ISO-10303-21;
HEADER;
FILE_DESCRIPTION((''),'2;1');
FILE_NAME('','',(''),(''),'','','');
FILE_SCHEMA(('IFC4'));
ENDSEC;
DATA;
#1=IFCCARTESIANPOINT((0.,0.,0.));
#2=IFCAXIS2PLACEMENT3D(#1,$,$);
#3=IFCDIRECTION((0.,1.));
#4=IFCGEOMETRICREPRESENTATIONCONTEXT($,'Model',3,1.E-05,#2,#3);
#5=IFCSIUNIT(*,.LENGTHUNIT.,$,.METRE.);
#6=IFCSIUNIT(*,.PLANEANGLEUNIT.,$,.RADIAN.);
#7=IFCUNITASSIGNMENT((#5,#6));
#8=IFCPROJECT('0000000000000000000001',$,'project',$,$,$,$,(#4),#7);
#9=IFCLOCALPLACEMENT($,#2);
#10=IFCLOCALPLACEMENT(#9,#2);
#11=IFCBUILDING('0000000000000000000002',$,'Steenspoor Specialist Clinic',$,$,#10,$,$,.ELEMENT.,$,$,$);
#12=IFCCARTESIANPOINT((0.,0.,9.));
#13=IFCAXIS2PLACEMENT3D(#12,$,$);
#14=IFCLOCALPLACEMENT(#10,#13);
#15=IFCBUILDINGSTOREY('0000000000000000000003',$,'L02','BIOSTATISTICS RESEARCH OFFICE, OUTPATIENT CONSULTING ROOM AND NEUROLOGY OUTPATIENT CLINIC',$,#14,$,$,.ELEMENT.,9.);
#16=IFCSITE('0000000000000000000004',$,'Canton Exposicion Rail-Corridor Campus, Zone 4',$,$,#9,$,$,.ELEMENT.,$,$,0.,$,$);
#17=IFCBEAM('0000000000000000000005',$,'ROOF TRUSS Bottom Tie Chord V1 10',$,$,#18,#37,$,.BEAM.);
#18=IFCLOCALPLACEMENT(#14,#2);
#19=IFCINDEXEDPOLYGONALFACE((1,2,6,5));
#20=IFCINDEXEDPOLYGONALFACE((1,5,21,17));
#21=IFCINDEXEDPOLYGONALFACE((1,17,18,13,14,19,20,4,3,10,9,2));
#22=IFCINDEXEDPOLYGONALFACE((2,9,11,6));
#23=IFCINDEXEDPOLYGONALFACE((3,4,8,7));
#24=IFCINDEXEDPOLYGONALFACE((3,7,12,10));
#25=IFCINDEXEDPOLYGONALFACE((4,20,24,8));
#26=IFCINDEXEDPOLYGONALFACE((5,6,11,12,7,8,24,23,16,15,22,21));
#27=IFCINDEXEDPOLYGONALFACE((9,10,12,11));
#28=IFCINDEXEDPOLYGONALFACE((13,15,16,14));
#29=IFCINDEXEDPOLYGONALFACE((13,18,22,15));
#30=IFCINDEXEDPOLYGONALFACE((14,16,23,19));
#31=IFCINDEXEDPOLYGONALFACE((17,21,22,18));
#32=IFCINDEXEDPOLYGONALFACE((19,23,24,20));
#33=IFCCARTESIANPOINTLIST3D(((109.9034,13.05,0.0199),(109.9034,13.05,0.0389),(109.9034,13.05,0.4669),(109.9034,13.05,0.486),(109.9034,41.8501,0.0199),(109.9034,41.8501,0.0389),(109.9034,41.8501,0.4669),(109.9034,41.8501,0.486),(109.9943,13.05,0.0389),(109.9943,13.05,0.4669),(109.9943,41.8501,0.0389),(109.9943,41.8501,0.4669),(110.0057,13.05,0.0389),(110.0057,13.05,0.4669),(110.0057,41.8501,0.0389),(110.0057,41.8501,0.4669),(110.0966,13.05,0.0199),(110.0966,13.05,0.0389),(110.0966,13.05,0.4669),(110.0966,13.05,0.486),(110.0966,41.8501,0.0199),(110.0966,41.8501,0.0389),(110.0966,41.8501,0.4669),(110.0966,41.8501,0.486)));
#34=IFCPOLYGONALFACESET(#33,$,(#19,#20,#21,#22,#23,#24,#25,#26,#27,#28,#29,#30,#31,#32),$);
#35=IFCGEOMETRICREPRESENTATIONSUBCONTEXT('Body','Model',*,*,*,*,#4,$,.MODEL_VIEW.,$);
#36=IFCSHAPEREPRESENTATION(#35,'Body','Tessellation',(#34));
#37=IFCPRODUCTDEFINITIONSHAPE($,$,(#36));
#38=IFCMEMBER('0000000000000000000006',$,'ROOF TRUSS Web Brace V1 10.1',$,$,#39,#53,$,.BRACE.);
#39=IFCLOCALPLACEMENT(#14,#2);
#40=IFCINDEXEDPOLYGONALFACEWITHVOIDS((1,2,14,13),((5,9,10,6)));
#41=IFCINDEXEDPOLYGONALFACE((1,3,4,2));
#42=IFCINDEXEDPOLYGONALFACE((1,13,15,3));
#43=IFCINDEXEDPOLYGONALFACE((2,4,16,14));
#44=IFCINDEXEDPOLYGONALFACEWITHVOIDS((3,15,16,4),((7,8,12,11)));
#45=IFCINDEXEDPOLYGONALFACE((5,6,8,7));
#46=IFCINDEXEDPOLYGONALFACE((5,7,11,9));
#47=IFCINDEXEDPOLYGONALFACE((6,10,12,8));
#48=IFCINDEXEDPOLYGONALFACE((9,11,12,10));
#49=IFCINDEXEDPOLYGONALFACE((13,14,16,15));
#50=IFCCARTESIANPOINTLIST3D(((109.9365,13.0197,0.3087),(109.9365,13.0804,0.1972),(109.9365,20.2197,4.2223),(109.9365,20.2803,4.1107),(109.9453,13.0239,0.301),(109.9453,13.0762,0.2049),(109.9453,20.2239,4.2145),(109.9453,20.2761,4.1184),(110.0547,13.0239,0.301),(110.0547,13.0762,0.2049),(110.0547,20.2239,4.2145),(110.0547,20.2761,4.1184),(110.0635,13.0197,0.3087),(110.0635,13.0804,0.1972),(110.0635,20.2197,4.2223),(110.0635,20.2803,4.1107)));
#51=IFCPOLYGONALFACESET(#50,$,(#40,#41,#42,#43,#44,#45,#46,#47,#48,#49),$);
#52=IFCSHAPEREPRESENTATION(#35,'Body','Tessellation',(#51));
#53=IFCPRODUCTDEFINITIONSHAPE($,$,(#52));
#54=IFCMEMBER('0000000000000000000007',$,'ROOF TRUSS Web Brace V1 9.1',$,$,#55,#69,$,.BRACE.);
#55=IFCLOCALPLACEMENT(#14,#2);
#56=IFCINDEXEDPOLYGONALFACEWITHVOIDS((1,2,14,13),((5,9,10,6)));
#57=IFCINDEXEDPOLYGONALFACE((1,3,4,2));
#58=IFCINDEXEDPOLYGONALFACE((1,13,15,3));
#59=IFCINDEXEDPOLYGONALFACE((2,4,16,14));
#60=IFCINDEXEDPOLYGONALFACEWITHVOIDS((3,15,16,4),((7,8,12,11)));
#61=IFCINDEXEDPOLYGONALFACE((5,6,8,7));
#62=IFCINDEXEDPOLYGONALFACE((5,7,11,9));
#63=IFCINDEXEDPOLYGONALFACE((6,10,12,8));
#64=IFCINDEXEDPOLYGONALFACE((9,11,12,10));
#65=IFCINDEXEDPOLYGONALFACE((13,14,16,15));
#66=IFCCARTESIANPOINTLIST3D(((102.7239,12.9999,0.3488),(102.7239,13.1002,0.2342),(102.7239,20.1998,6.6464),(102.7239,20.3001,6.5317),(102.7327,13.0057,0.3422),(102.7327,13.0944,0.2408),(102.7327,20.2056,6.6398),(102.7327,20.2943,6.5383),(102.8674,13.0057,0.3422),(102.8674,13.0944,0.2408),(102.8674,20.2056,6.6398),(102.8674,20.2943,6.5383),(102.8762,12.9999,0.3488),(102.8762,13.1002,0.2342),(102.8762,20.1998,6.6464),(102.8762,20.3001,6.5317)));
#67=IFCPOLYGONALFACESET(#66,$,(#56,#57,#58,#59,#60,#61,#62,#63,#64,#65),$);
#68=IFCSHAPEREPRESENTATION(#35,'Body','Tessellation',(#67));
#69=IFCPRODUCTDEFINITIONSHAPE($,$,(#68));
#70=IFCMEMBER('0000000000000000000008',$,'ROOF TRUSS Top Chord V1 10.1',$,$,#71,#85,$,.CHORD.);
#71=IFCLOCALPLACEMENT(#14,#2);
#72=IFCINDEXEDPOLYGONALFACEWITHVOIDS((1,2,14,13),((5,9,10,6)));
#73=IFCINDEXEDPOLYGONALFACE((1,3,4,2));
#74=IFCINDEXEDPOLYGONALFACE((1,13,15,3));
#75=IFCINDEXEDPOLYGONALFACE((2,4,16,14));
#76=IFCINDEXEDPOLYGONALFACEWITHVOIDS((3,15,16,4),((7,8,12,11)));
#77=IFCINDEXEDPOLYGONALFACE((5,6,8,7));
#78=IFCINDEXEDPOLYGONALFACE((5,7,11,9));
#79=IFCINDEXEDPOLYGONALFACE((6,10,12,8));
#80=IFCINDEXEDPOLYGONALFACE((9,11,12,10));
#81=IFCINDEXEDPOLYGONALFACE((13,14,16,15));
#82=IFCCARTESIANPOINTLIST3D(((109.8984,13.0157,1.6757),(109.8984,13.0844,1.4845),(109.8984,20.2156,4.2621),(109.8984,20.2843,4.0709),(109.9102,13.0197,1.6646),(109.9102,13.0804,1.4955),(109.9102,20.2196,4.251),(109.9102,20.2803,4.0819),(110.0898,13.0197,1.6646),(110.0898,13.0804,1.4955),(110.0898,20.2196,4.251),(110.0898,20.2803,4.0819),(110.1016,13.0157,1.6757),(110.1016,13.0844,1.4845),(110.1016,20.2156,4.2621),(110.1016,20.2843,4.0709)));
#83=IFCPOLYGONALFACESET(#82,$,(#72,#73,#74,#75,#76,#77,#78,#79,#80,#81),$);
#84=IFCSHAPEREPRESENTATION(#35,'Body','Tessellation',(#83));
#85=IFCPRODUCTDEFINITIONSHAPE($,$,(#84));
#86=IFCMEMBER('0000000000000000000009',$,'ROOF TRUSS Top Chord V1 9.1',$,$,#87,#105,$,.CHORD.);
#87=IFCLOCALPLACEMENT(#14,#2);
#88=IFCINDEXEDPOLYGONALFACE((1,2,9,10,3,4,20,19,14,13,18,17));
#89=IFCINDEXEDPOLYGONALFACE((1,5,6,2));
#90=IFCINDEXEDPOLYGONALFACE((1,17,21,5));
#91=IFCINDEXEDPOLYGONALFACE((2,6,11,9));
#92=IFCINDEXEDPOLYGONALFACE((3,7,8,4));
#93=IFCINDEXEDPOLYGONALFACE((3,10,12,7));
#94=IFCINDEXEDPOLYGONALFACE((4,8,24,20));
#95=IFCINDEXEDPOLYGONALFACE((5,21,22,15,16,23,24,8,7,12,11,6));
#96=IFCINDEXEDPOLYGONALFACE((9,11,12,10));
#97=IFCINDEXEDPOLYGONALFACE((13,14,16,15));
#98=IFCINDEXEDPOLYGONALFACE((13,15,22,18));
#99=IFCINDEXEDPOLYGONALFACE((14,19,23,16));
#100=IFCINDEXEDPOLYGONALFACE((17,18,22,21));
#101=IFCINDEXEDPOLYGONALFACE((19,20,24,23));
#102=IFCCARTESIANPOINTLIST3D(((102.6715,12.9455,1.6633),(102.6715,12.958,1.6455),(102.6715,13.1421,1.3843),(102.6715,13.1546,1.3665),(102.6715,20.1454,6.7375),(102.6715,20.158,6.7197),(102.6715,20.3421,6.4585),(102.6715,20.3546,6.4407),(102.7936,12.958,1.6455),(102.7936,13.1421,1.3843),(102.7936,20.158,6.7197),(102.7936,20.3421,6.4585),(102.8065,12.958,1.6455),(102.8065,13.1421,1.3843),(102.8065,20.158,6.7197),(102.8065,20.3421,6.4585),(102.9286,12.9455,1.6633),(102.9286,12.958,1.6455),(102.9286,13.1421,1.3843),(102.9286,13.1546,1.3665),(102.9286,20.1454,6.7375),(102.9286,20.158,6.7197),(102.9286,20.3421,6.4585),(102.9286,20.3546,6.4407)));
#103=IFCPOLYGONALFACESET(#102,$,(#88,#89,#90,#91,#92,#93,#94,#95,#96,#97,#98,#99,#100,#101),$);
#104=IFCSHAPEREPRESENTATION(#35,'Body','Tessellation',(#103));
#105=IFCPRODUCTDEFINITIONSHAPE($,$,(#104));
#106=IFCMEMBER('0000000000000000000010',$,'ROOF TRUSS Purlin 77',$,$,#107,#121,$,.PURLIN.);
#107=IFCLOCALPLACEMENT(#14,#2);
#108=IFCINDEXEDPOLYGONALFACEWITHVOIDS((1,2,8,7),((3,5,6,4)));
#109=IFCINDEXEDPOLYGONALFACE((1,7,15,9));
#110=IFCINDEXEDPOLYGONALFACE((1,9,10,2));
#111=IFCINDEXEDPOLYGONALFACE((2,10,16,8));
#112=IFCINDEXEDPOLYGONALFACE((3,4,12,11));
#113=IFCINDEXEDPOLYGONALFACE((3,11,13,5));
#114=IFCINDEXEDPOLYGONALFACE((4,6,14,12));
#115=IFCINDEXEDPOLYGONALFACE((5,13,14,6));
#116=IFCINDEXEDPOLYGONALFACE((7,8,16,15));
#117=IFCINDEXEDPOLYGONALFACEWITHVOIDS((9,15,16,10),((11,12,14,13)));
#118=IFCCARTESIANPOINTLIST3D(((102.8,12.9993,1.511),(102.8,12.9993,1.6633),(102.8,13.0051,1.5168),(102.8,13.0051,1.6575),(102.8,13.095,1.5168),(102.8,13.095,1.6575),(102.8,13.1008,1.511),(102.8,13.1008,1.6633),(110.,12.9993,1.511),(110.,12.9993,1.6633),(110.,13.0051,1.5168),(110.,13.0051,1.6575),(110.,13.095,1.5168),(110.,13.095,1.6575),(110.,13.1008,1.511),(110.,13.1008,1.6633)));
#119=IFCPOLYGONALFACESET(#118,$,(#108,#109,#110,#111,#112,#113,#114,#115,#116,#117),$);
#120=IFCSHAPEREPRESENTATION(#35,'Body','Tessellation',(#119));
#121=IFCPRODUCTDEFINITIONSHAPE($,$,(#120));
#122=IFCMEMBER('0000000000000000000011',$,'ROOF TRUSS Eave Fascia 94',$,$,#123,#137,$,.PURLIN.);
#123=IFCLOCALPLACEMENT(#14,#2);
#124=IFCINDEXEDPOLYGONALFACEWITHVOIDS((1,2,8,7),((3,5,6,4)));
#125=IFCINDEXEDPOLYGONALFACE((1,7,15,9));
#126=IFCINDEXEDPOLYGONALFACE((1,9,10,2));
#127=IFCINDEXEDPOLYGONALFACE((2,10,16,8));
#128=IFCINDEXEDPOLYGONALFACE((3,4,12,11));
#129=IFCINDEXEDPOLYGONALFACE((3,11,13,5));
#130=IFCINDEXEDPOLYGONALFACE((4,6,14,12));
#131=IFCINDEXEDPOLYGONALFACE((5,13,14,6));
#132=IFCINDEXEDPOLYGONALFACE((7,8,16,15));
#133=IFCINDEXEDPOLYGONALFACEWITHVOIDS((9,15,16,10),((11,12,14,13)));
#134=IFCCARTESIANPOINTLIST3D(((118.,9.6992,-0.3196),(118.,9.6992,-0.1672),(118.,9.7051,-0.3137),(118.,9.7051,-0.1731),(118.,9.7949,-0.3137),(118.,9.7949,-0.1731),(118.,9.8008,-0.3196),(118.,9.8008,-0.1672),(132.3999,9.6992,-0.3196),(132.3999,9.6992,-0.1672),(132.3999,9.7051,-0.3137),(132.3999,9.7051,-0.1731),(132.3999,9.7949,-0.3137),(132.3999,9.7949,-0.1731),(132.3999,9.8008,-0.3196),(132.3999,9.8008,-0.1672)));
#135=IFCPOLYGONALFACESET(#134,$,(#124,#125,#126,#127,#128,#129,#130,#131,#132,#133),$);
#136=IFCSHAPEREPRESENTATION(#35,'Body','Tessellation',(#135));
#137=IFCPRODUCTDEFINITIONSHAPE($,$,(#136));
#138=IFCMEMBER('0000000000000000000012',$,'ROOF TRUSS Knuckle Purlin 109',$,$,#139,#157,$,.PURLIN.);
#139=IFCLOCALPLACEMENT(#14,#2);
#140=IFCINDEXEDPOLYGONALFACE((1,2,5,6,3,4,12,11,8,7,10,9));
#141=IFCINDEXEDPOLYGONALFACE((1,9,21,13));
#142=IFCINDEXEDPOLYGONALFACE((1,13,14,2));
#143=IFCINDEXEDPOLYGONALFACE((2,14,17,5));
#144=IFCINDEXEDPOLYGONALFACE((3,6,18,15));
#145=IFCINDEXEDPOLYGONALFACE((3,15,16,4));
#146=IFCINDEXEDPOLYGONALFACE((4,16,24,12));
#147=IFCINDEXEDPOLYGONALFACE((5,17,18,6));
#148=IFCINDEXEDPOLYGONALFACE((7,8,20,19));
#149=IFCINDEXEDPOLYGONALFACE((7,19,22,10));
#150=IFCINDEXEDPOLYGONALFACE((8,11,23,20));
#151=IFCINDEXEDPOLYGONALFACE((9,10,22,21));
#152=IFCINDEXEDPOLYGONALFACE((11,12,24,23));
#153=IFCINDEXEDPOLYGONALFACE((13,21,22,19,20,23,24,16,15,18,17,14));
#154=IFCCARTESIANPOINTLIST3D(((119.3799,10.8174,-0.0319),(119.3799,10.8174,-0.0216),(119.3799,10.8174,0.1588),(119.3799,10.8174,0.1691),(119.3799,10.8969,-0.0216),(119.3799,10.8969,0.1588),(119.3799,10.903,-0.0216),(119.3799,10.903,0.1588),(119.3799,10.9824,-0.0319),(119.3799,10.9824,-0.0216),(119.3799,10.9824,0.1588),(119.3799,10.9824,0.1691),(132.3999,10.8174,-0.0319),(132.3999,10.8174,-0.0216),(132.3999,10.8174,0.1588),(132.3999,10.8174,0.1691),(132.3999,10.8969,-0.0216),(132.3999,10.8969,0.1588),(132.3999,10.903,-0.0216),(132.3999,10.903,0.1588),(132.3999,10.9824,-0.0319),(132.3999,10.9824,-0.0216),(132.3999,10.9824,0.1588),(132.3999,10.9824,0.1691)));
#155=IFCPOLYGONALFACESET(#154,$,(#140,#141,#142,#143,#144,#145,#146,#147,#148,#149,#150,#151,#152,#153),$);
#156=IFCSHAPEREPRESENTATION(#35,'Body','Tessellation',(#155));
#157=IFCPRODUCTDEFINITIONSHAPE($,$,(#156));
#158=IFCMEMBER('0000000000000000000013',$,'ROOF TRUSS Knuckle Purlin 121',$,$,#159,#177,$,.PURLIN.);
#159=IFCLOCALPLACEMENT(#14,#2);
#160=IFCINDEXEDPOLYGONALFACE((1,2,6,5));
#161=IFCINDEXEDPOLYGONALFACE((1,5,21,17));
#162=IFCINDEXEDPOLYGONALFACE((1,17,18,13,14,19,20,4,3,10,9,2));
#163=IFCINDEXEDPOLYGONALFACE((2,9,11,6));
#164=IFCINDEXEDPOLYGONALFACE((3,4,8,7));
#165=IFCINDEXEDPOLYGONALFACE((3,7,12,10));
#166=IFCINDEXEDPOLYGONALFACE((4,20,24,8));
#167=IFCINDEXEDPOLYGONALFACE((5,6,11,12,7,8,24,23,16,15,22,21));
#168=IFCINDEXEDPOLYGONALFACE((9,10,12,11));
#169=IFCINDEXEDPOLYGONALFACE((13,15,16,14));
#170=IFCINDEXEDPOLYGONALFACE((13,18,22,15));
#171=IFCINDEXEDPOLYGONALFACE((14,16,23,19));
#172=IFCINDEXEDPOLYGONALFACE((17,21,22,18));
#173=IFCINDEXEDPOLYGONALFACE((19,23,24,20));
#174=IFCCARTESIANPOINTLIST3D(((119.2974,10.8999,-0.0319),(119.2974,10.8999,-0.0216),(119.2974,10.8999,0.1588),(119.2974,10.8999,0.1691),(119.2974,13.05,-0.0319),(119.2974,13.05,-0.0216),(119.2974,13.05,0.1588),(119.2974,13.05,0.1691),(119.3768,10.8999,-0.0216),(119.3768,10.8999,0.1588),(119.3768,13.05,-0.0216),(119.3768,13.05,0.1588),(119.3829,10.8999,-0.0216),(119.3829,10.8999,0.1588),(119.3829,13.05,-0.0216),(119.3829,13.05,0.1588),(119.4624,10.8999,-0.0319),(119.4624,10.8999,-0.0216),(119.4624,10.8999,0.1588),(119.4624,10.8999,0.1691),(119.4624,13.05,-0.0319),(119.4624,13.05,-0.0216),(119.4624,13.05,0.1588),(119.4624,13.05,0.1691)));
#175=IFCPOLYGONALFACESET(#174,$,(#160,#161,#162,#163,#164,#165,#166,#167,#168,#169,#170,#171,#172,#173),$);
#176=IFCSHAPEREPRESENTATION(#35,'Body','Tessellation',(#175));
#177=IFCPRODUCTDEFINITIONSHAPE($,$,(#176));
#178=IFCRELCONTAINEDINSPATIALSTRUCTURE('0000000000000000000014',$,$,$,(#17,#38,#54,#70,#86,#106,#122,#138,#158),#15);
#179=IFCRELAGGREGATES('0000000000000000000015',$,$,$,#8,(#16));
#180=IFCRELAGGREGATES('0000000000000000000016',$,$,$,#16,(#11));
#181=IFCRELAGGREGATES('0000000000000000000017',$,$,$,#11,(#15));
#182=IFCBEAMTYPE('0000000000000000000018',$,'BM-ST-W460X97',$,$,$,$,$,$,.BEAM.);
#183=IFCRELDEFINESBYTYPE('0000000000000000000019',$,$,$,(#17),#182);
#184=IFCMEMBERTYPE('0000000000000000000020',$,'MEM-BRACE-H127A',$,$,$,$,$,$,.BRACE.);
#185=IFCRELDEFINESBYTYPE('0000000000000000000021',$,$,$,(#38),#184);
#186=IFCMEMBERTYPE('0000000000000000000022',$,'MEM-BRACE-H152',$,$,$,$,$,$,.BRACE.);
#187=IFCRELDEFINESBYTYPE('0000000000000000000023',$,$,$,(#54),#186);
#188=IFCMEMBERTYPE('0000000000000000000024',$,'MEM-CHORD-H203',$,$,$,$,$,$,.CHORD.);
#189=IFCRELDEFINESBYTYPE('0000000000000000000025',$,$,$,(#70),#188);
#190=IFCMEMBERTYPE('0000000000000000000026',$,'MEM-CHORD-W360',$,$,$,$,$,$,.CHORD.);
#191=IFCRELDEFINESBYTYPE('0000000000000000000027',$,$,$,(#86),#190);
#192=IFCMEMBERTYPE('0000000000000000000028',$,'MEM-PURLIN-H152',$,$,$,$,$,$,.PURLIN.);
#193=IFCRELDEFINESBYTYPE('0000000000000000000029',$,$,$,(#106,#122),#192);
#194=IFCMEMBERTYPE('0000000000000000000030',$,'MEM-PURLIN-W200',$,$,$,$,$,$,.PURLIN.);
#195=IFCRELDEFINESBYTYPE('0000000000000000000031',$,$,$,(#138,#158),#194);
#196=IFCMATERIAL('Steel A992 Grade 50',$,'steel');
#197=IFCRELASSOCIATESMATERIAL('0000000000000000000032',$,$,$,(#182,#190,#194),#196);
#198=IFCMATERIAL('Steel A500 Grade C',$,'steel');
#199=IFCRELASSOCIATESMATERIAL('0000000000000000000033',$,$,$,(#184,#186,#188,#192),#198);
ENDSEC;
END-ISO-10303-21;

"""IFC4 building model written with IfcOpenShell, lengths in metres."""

from ifc_helpers import new_model, si_unit, direction, frame, origin, origin_2d, place, context, subcontext, project, spatial, hollow_rectangle, i_section, extrude, material, material_profile, profile_set, type_object, element, save


model = new_model("IFC4")

# Units and contexts
model_context = context("Model", 3, precision=1e-05, world=origin(), true_north=direction((0.0, 1.0)))
body_context = subcontext(model_context, "Body", "Model", "MODEL_VIEW")
ifc_project = project(units=[si_unit("LENGTHUNIT", "METRE"), si_unit("PLANEANGLEUNIT", "RADIAN")], contexts=[model_context])

# Site, building, storey
site_placement = place(None, origin())
site = spatial("IfcSite", under=ifc_project, at=site_placement, Name="Canton Exposicion Rail-Corridor Campus, Zone 4", CompositionType="ELEMENT", RefElevation=0.0)
building_placement = place(site_placement, origin())
building = spatial("IfcBuilding", under=site, at=building_placement, Name="Steenspoor Specialist Clinic", CompositionType="ELEMENT")
storey_placement = place(building_placement, frame((0.0, 0.0, 9.0)))
storey = spatial("IfcBuildingStorey", under=building, at=storey_placement, Name="L02", Description="BIOSTATISTICS RESEARCH OFFICE, OUTPATIENT CONSULTING ROOM AND NEUROLOGY OUTPATIENT CLINIC", CompositionType="ELEMENT", Elevation=9.0)

# Beam
ifc_material_1 = material(Name="Steel A992 Grade 50", Category="steel")
ifc_material_profile_1 = material_profile(ifc_material_1, i_section(OverallWidth=0.1931, OverallDepth=0.4661, WebThickness=0.0115, FlangeThickness=0.019, at=origin_2d()), Name="W460X97")
ifc_profile_set_1 = profile_set([ifc_material_profile_1], Name="Steel A992 Grade 50")
beam_type = type_object("IfcBeamType", Name="BM-ST-W460X97", PredefinedType="BEAM", material=ifc_profile_set_1)
beam_placement = place(storey_placement, frame((110.0, 13.05, 0.2529), z_axis=(0.0, 1.0, 0.0), x_axis=(-1.0, 0.0, 0.0)))
element("IfcBeam", 1, at=beam_placement, inside=storey, type_object=beam_type, Name="ROOF TRUSS Bottom Tie Chord V1 10", PredefinedType="BEAM", context=body_context, shape_type="SweptSolid", body=[
    extrude(i_section(OverallWidth=0.1931, OverallDepth=0.4661, WebThickness=0.0115, FlangeThickness=0.019, at=origin_2d()), origin(), (0.0, 0.0, 1.0), 28.8),
])

# Members
ifc_material_2 = material(Name="Steel A500 Grade C", Category="steel")
ifc_material_profile_2 = material_profile(ifc_material_2, hollow_rectangle(XDim=0.127, YDim=0.127, WallThickness=0.0088, at=origin_2d()), Name="HSS127X127X9.5")
ifc_profile_set_2 = profile_set([ifc_material_profile_2], Name="Steel A500 Grade C")
member_type_1 = type_object("IfcMemberType", Name="MEM-BRACE-H127A", PredefinedType="BRACE", material=ifc_profile_set_2)
member_1_placement = place(storey_placement, frame((110.0, 13.05, 0.2529), z_axis=(0.0, 0.878596, 0.477566), x_axis=(-1.0, 0.0, 0.0)))
element("IfcMember", 2, at=member_1_placement, inside=storey, type_object=member_type_1, Name="ROOF TRUSS Web Brace V1 10.1", PredefinedType="BRACE", context=body_context, shape_type="SweptSolid", body=[
    extrude(hollow_rectangle(XDim=0.127, YDim=0.127, WallThickness=0.0088, at=origin_2d()), origin(), (0.0, 0.0, 1.0), 8.1948),
])
ifc_material_profile_3 = material_profile(ifc_material_2, hollow_rectangle(XDim=0.1523, YDim=0.1523, WallThickness=0.0088, at=origin_2d()), Name="HSS152X152X9.5")
ifc_profile_set_3 = profile_set([ifc_material_profile_3], Name="Steel A500 Grade C")
member_type_2 = type_object("IfcMemberType", Name="MEM-BRACE-H152", PredefinedType="BRACE", material=ifc_profile_set_3)
member_2_placement = place(storey_placement, frame((102.8, 13.05, 0.2915), z_axis=(0.0, 0.752698, 0.658365), x_axis=(-1.0, 0.0, 0.0)))
element("IfcMember", 3, at=member_2_placement, inside=storey, type_object=member_type_2, Name="ROOF TRUSS Web Brace V1 9.1", PredefinedType="BRACE", context=body_context, shape_type="SweptSolid", body=[
    extrude(hollow_rectangle(XDim=0.1523, YDim=0.1523, WallThickness=0.0088, at=origin_2d()), origin(), (0.0, 0.0, 1.0), 9.5654),
])
ifc_material_profile_4 = material_profile(ifc_material_2, hollow_rectangle(XDim=0.2031, YDim=0.2031, WallThickness=0.0117, at=origin_2d()), Name="HSS203X203X12.7")
ifc_profile_set_4 = profile_set([ifc_material_profile_4], Name="Steel A500 Grade C")
member_type_3 = type_object("IfcMemberType", Name="MEM-CHORD-H203", PredefinedType="CHORD", material=ifc_profile_set_4)
member_3_placement = place(storey_placement, frame((110.0, 13.05, 1.5801), z_axis=(0.0, 0.941119, 0.338076), x_axis=(-1.0, 0.0, 0.0)))
element("IfcMember", 4, at=member_3_placement, inside=storey, type_object=member_type_3, Name="ROOF TRUSS Top Chord V1 10.1", PredefinedType="CHORD", context=body_context, shape_type="SweptSolid", body=[
    extrude(hollow_rectangle(XDim=0.2031, YDim=0.2031, WallThickness=0.0117, at=origin_2d()), origin(), (0.0, 0.0, 1.0), 7.6504),
])
ifc_material_profile_5 = material_profile(ifc_material_1, i_section(OverallWidth=0.2571, OverallDepth=0.363, WebThickness=0.0129, FlangeThickness=0.0217, at=origin_2d()), Name="W360X122")
ifc_profile_set_5 = profile_set([ifc_material_profile_5], Name="Steel A992 Grade 50")
member_type_4 = type_object("IfcMemberType", Name="MEM-CHORD-W360", PredefinedType="CHORD", material=ifc_profile_set_5)
member_4_placement = place(storey_placement, frame((102.8, 13.05, 1.5149), z_axis=(0.0, 0.817401, 0.576069), x_axis=(-1.0, 0.0, 0.0)))
element("IfcMember", 5, at=member_4_placement, inside=storey, type_object=member_type_4, Name="ROOF TRUSS Top Chord V1 9.1", PredefinedType="CHORD", context=body_context, shape_type="SweptSolid", body=[
    extrude(i_section(OverallWidth=0.2571, OverallDepth=0.363, WebThickness=0.0129, FlangeThickness=0.0217, at=origin_2d()), origin(), (0.0, 0.0, 1.0), 8.8083),
])
ifc_material_profile_6 = material_profile(ifc_material_2, hollow_rectangle(XDim=0.1016, YDim=0.1523, WallThickness=0.0059, at=origin_2d()), Name="HSS152X102X6.4")
ifc_profile_set_6 = profile_set([ifc_material_profile_6], Name="Steel A500 Grade C")
member_type_5 = type_object("IfcMemberType", Name="MEM-PURLIN-H152", PredefinedType="PURLIN", material=ifc_profile_set_6)
member_5_placement = place(storey_placement, frame((102.8, 13.05, 1.5872), z_axis=(1.0, 0.0, 0.0), x_axis=(0.0, 1.0, 0.0)))
element("IfcMember", 6, at=member_5_placement, inside=storey, type_object=member_type_5, Name="ROOF TRUSS Purlin 77", PredefinedType="PURLIN", context=body_context, shape_type="SweptSolid", body=[
    extrude(hollow_rectangle(XDim=0.1016, YDim=0.1523, WallThickness=0.0059, at=origin_2d()), origin(), (0.0, 0.0, 1.0), 7.2),
])
member_6_placement = place(storey_placement, frame((118.0, 9.75, -0.2434), z_axis=(1.0, 0.0, 0.0), x_axis=(0.0, 1.0, 0.0)))
element("IfcMember", 7, at=member_6_placement, inside=storey, type_object=member_type_5, Name="ROOF TRUSS Eave Fascia 94", PredefinedType="PURLIN", context=body_context, shape_type="SweptSolid", body=[
    extrude(hollow_rectangle(XDim=0.1016, YDim=0.1523, WallThickness=0.0059, at=origin_2d()), origin(), (0.0, 0.0, 1.0), 14.3999),
])
ifc_material_profile_7 = material_profile(ifc_material_1, i_section(OverallWidth=0.165, OverallDepth=0.2009, WebThickness=0.0061, FlangeThickness=0.0103, at=origin_2d()), Name="W200X36")
ifc_profile_set_7 = profile_set([ifc_material_profile_7], Name="Steel A992 Grade 50")
member_type_6 = type_object("IfcMemberType", Name="MEM-PURLIN-W200", PredefinedType="PURLIN", material=ifc_profile_set_7)
member_7_placement = place(storey_placement, frame((119.3799, 10.8999, 0.0686), z_axis=(1.0, 0.0, 0.0), x_axis=(0.0, 1.0, 0.0)))
element("IfcMember", 8, at=member_7_placement, inside=storey, type_object=member_type_6, Name="ROOF TRUSS Knuckle Purlin 109", PredefinedType="PURLIN", context=body_context, shape_type="SweptSolid", body=[
    extrude(i_section(OverallWidth=0.165, OverallDepth=0.2009, WebThickness=0.0061, FlangeThickness=0.0103, at=origin_2d()), origin(), (0.0, 0.0, 1.0), 13.02),
])
member_8_placement = place(storey_placement, frame((119.3799, 10.8999, 0.0686), z_axis=(0.0, 1.0, 0.0), x_axis=(-1.0, 0.0, 0.0)))
element("IfcMember", 9, at=member_8_placement, inside=storey, type_object=member_type_6, Name="ROOF TRUSS Knuckle Purlin 121", PredefinedType="PURLIN", context=body_context, shape_type="SweptSolid", body=[
    extrude(i_section(OverallWidth=0.165, OverallDepth=0.2009, WebThickness=0.0061, FlangeThickness=0.0103, at=origin_2d()), origin(), (0.0, 0.0, 1.0), 2.1501),
])

save(model, "model.ifc")
